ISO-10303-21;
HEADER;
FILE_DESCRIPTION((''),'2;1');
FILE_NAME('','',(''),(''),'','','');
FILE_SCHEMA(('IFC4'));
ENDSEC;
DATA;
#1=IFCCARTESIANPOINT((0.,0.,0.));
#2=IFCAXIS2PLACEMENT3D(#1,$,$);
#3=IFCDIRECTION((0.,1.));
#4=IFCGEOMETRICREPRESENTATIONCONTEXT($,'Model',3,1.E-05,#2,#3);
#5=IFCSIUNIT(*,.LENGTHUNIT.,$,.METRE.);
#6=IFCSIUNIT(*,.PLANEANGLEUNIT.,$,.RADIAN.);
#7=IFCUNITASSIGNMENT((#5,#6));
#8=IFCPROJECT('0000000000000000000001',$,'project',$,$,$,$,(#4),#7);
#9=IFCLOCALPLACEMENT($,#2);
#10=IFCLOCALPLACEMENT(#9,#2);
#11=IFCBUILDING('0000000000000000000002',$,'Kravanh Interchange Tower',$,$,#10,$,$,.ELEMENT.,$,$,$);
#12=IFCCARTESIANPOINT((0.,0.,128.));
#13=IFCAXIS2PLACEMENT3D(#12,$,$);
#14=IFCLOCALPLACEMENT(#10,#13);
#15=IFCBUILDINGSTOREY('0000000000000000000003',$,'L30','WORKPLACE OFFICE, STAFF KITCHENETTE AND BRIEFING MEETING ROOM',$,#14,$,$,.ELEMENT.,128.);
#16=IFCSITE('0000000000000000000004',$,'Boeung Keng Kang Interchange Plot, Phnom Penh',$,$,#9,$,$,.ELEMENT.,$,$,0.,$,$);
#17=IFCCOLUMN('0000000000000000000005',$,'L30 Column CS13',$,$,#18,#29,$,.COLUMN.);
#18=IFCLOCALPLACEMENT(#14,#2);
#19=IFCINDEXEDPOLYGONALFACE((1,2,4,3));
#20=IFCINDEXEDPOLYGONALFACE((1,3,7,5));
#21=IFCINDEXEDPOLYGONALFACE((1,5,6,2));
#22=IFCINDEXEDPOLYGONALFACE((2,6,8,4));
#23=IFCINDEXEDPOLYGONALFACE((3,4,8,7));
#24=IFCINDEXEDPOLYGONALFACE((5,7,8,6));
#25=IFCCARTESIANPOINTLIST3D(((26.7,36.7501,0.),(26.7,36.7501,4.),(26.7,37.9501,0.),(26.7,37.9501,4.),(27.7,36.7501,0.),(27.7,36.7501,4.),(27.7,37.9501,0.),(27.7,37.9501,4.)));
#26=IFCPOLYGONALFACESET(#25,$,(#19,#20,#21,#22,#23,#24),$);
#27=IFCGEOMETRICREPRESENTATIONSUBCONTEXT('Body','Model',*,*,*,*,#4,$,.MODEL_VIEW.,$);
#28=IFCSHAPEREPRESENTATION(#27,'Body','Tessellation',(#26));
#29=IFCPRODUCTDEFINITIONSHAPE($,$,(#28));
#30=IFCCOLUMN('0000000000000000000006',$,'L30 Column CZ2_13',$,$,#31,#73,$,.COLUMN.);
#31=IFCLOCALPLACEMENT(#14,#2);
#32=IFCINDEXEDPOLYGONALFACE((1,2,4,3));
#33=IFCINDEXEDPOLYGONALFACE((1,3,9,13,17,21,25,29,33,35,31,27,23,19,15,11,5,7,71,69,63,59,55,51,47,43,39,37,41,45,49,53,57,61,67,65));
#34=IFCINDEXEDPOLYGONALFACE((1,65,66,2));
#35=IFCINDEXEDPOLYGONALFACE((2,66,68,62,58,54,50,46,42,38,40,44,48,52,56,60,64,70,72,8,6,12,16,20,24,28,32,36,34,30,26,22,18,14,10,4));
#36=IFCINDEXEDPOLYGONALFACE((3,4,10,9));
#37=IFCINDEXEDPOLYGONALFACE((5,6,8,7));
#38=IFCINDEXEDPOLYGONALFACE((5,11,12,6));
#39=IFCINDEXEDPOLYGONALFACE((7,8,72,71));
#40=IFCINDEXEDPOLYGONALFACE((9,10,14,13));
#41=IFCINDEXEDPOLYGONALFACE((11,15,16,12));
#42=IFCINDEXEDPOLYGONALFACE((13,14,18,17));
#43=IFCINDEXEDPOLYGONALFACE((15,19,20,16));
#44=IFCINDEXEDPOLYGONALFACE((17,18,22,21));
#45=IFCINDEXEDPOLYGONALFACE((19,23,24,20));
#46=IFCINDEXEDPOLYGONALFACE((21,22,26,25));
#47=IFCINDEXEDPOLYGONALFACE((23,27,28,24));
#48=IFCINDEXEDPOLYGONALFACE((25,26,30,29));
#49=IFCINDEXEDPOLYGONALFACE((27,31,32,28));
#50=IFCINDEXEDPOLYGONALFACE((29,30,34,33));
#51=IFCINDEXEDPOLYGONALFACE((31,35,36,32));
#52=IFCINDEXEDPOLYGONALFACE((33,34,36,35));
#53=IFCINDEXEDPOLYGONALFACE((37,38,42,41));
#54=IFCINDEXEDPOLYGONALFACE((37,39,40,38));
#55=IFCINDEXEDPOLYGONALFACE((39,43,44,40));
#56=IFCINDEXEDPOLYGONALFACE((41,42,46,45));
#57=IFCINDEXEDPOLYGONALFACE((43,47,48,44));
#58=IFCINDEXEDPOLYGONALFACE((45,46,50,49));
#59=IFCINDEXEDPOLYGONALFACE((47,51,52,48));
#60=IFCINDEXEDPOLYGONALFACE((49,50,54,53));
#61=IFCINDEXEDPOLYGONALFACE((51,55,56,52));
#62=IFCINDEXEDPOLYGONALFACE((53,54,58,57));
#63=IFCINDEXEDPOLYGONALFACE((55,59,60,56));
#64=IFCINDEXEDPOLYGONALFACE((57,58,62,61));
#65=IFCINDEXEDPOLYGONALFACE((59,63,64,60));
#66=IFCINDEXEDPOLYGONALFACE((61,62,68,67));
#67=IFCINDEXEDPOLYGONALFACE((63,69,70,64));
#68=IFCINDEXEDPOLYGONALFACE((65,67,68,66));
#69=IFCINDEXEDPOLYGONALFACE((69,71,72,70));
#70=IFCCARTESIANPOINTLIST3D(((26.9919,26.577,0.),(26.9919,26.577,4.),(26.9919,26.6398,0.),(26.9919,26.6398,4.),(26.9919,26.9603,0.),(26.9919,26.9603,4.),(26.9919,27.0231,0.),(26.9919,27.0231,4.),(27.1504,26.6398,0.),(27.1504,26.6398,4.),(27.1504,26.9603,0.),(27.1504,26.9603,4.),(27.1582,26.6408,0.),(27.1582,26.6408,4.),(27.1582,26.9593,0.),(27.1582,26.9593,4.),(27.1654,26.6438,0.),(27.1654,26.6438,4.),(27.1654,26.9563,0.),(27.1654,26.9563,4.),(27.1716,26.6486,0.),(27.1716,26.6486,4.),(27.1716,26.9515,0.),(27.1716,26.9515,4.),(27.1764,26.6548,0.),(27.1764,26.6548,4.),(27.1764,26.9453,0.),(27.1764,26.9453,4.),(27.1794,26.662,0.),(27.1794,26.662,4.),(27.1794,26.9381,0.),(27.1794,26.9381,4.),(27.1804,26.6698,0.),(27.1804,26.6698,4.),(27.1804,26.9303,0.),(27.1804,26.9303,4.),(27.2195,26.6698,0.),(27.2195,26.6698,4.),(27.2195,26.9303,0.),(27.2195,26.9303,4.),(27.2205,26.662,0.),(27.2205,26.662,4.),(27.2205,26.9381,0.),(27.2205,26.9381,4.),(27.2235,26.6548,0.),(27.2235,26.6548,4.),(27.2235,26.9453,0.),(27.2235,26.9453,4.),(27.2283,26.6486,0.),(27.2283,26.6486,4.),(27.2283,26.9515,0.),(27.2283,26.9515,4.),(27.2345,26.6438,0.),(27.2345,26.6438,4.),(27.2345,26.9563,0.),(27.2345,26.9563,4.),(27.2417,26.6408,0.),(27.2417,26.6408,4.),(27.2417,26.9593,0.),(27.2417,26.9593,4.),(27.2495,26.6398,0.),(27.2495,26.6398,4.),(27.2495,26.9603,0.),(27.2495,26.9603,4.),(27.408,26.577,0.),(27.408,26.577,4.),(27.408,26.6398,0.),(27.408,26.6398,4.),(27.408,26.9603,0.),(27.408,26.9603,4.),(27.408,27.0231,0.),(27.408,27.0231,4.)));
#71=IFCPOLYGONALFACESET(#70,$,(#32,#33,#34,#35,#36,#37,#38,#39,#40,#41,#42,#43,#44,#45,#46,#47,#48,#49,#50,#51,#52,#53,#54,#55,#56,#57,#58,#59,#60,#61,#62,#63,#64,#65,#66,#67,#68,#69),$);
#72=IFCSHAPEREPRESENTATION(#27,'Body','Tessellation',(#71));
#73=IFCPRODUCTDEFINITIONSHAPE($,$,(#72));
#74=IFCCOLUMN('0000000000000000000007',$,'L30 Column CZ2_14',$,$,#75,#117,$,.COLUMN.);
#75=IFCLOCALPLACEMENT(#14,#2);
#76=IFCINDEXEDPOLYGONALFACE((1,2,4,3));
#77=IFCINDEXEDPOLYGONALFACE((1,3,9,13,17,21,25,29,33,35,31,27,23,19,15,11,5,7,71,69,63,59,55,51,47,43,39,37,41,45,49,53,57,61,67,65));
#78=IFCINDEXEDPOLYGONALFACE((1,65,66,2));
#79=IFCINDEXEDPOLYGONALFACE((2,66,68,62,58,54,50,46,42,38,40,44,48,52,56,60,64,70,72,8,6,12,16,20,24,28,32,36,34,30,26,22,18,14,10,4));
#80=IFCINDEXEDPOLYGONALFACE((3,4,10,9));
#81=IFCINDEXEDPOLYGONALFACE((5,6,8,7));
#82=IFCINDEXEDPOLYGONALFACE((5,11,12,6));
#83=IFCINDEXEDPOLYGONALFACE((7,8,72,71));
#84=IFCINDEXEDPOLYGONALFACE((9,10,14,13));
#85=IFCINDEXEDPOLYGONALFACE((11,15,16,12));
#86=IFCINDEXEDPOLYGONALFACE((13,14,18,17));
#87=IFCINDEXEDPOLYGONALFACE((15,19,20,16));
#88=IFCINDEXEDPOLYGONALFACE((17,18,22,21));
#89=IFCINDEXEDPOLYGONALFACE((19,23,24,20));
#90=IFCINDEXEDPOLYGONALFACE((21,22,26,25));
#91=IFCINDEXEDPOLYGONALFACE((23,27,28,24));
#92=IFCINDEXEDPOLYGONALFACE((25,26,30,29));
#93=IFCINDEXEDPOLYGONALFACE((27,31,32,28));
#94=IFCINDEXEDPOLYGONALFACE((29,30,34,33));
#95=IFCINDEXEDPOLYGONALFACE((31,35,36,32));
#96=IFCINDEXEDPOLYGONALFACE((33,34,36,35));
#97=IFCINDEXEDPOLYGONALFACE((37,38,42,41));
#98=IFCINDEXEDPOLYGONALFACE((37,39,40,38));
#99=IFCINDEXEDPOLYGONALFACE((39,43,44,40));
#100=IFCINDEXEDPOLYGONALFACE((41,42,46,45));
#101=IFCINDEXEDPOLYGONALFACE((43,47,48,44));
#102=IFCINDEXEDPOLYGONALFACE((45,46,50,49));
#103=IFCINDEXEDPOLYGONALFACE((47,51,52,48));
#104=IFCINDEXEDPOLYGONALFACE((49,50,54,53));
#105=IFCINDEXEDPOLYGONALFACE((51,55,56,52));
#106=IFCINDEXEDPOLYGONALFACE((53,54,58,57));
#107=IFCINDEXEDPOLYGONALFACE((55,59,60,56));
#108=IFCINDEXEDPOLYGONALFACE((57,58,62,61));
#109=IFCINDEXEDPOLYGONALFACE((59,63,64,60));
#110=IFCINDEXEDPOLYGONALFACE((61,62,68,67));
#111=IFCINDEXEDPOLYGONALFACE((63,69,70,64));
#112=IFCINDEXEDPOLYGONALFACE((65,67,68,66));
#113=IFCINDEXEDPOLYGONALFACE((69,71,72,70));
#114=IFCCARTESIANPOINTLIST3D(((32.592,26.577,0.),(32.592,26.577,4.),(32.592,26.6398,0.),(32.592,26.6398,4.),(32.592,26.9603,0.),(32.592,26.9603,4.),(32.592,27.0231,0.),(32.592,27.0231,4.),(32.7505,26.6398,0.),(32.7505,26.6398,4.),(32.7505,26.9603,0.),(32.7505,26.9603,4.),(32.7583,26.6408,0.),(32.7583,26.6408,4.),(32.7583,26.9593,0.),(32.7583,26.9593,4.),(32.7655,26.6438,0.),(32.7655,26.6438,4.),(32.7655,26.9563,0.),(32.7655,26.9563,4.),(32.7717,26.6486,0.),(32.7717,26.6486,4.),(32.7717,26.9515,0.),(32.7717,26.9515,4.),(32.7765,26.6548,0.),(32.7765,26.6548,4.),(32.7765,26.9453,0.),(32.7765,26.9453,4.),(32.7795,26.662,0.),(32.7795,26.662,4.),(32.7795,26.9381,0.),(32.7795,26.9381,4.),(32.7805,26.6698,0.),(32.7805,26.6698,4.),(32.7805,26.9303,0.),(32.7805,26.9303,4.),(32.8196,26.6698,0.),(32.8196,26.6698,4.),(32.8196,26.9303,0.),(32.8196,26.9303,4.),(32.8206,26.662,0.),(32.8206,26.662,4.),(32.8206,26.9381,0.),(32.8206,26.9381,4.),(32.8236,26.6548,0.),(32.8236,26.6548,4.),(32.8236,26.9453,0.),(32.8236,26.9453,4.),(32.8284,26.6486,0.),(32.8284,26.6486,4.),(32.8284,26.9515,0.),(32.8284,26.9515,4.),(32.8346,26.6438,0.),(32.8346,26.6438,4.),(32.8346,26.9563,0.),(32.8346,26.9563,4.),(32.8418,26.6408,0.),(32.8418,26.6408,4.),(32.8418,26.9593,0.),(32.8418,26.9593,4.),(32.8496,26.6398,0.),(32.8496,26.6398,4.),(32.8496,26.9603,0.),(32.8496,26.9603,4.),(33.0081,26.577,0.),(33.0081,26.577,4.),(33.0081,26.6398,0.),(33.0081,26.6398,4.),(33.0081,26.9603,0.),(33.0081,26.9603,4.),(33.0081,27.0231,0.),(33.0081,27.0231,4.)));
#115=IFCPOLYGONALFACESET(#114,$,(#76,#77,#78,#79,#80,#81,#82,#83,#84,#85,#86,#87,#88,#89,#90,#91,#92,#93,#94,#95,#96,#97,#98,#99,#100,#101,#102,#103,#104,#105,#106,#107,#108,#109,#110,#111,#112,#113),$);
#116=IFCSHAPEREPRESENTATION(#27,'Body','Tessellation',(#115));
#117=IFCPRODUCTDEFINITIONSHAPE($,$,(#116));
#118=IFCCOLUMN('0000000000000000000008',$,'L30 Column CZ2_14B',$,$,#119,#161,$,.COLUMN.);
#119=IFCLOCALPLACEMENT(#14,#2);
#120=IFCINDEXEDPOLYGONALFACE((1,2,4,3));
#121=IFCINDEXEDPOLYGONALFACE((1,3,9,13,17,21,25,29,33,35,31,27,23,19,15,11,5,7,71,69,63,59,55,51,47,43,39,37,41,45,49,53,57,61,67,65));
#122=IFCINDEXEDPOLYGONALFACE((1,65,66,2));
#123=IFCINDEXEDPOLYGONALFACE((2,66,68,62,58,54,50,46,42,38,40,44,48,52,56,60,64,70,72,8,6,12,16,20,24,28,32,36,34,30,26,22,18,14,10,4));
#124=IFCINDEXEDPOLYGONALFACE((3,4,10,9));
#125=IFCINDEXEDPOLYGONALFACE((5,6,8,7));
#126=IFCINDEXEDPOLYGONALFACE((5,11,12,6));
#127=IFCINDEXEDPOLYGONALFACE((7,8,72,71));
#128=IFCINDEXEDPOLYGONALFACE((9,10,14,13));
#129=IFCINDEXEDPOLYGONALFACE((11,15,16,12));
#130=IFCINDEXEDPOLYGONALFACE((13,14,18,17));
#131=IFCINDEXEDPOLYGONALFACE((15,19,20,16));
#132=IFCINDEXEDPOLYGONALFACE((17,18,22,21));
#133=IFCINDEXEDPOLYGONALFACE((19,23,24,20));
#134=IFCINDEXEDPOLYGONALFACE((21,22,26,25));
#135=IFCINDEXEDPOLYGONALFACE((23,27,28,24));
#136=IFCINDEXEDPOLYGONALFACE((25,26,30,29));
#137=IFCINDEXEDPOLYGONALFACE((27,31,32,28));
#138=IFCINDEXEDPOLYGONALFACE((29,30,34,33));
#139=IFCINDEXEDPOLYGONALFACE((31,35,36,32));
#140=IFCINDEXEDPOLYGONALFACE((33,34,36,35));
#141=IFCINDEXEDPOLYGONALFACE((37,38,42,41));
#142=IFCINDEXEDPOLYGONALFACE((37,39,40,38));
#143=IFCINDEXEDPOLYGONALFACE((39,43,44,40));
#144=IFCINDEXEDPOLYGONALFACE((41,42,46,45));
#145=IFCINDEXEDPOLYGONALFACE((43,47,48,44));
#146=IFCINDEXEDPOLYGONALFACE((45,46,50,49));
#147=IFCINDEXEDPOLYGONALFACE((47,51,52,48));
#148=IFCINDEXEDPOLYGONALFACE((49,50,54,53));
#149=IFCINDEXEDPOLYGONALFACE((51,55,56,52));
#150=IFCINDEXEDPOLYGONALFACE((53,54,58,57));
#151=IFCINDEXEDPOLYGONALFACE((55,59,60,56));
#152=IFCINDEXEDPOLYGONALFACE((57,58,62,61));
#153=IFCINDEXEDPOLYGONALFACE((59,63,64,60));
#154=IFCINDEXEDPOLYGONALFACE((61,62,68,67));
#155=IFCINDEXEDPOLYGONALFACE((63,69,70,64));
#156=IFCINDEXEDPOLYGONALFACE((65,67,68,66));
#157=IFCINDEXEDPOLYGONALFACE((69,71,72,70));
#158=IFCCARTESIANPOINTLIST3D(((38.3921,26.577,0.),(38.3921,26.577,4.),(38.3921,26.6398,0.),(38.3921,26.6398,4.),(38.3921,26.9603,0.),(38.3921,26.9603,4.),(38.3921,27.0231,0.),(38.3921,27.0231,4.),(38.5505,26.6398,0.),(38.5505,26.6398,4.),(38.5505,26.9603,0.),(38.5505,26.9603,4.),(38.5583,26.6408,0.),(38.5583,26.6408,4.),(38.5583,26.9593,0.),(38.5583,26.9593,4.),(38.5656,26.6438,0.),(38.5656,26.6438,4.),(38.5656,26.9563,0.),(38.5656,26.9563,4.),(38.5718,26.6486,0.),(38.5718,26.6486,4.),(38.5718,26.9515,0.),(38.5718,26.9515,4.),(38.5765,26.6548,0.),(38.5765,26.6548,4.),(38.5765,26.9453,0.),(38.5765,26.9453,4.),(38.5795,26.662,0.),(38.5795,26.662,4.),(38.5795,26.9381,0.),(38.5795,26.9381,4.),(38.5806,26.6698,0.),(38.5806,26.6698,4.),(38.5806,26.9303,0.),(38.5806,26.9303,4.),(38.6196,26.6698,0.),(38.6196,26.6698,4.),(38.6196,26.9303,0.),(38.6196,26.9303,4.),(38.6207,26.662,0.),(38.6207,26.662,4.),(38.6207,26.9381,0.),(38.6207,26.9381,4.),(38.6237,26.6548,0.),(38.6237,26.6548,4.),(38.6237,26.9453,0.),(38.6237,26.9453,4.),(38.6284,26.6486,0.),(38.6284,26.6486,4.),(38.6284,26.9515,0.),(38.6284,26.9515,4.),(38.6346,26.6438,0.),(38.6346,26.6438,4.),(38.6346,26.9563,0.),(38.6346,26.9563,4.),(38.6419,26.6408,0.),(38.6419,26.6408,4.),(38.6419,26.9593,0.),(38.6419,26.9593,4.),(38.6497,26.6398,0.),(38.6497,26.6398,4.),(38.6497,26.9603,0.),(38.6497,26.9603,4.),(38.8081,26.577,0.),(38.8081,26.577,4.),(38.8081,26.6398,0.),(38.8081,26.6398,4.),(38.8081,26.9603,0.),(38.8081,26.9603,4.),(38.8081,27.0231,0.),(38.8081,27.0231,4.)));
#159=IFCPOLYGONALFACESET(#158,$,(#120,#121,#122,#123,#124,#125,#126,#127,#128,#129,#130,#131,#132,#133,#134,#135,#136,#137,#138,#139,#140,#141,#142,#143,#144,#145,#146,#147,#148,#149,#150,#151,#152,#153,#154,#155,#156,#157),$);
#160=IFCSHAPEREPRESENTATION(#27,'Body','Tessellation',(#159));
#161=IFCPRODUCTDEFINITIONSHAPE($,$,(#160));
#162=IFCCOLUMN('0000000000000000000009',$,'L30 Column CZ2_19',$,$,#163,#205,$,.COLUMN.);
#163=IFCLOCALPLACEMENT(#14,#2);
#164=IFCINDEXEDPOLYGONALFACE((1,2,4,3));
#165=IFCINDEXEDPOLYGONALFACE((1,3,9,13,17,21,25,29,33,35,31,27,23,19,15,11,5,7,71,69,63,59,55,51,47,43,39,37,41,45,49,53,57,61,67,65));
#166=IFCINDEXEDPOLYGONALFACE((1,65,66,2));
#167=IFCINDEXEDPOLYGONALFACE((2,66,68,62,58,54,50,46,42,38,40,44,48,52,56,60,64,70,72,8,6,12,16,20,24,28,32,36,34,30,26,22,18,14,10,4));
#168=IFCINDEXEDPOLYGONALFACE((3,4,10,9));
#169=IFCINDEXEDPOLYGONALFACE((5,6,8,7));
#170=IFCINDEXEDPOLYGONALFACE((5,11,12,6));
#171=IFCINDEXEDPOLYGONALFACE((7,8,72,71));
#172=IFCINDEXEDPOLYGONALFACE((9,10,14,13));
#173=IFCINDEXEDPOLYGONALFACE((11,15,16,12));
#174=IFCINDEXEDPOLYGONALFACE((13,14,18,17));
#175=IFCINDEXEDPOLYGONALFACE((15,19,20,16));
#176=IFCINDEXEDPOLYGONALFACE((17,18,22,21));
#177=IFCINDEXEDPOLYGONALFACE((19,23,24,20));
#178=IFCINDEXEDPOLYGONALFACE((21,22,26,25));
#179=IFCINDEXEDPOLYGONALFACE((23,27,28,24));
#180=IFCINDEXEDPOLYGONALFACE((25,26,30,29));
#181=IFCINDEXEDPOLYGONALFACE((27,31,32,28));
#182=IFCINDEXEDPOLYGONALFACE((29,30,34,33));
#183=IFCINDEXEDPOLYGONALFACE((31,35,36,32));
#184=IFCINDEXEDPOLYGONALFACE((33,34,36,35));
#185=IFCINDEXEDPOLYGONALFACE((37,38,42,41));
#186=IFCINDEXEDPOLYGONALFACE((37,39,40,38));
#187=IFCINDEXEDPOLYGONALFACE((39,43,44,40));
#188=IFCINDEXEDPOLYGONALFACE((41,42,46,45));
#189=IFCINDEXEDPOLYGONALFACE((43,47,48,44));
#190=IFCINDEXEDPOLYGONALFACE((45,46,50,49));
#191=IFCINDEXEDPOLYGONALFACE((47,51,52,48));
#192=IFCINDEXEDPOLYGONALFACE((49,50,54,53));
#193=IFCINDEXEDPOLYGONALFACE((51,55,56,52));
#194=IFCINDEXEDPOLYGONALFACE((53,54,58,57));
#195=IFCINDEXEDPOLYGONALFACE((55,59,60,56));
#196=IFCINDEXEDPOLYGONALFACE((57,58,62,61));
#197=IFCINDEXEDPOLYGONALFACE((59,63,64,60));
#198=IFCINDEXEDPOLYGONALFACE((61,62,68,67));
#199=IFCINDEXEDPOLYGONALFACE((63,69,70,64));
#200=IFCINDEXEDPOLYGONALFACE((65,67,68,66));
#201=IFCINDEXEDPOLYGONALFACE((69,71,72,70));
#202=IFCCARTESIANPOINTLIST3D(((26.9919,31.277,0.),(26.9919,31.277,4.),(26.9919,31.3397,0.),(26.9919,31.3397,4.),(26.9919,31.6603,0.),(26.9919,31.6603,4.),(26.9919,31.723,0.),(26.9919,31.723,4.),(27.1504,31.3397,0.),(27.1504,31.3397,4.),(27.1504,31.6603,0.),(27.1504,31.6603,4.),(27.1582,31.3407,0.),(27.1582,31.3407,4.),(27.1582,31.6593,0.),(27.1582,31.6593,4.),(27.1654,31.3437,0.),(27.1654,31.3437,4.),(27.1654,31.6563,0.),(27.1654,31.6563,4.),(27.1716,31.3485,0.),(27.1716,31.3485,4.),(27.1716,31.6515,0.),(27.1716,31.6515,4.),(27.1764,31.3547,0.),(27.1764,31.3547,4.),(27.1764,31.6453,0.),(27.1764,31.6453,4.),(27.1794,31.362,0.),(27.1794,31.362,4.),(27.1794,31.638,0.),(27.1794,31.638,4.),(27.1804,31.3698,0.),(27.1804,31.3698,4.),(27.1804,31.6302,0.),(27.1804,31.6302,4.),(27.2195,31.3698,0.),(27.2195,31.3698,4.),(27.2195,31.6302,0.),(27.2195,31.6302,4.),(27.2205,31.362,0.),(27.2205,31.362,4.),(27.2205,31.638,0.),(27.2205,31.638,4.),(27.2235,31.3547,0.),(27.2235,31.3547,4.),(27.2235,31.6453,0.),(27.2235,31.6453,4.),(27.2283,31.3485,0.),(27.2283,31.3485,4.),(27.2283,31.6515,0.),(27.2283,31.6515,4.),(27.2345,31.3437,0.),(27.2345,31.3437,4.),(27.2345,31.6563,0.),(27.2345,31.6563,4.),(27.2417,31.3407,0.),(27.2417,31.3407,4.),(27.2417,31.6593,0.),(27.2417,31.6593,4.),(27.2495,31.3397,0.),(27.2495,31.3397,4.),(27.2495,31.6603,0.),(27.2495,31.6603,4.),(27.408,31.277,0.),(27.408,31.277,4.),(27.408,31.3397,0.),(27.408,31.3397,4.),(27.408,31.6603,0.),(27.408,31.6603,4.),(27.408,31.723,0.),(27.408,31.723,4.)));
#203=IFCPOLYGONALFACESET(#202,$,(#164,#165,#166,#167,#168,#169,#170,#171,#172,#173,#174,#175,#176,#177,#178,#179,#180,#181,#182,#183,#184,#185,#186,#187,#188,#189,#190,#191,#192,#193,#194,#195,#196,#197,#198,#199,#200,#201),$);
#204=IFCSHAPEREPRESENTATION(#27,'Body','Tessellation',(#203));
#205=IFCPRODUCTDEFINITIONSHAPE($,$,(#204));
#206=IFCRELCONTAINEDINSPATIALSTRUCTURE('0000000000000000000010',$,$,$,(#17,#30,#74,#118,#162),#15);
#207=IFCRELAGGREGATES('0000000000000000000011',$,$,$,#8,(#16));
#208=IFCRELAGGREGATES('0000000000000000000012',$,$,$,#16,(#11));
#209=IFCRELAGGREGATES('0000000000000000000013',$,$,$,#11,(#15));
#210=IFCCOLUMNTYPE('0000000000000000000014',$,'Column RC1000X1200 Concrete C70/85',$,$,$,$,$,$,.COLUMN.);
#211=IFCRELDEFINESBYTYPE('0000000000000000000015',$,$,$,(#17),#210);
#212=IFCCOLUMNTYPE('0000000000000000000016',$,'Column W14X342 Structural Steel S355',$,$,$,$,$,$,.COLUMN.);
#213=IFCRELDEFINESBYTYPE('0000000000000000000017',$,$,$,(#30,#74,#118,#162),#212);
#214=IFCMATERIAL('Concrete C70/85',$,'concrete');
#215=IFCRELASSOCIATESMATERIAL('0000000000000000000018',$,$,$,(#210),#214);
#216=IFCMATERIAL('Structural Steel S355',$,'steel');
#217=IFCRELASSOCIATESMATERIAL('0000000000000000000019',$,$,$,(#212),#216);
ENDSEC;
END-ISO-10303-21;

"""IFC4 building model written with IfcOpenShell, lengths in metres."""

from ifc_helpers import new_model, si_unit, direction, frame, origin, origin_2d, place, context, subcontext, project, spatial, rectangle, i_section, extrude, material, material_profile, profile_set, type_object, element, save


model = new_model("IFC4")

# Units and contexts
model_context = context("Model", 3, precision=1e-05, world=origin(), true_north=direction((0.0, 1.0)))
body_context = subcontext(model_context, "Body", "Model", "MODEL_VIEW")
ifc_project = project(units=[si_unit("LENGTHUNIT", "METRE"), si_unit("PLANEANGLEUNIT", "RADIAN")], contexts=[model_context])

# Site, building, storey
site_placement = place(None, origin())
site = spatial("IfcSite", under=ifc_project, at=site_placement, Name="Boeung Keng Kang Interchange Plot, Phnom Penh", CompositionType="ELEMENT", RefElevation=0.0)
building_placement = place(site_placement, origin())
building = spatial("IfcBuilding", under=site, at=building_placement, Name="Kravanh Interchange Tower", CompositionType="ELEMENT")
storey_placement = place(building_placement, frame((0.0, 0.0, 128.0)))
storey = spatial("IfcBuildingStorey", under=building, at=storey_placement, Name="L30", Description="WORKPLACE OFFICE, STAFF KITCHENETTE AND BRIEFING MEETING ROOM", CompositionType="ELEMENT", Elevation=128.0)

# Columns
ifc_material_1 = material(Name="Concrete C70/85", Category="concrete")
ifc_material_profile_1 = material_profile(ifc_material_1, rectangle(XDim=1.0, YDim=1.2, at=origin_2d()), Name="RC1000X1200")
ifc_profile_set_1 = profile_set([ifc_material_profile_1], Name="Concrete C70/85")
column_type_1 = type_object("IfcColumnType", Name="Column RC1000X1200 Concrete C70/85", PredefinedType="COLUMN", material=ifc_profile_set_1)
column_placement = place(storey_placement, frame((27.2, 37.3501, 0.0), z_axis=(0.0, 0.0, 1.0), x_axis=(1.0, 0.0, 0.0)))
element("IfcColumn", 1, at=column_placement, inside=storey, type_object=column_type_1, Name="L30 Column CS13", PredefinedType="COLUMN", context=body_context, shape_type="SweptSolid", body=[
    extrude(rectangle(XDim=1.0, YDim=1.2, at=origin_2d()), origin(), (0.0, 0.0, 1.0), 4.0),
])
ifc_material_2 = material(Name="Structural Steel S355", Category="steel")
ifc_material_profile_2 = material_profile(ifc_material_2, i_section(OverallWidth=0.416, OverallDepth=0.446, WebThickness=0.0391, FlangeThickness=0.0627, FilletRadius=0.03, at=origin_2d()), Name="W14X342")
ifc_profile_set_2 = profile_set([ifc_material_profile_2], Name="Structural Steel S355")
column_type_2 = type_object("IfcColumnType", Name="Column W14X342 Structural Steel S355", PredefinedType="COLUMN", material=ifc_profile_set_2)
for number, where, z_axis, x_axis, name in (
    (2, (27.2, 26.8, 0.0), (0.0, 0.0, 1.0), (1.0, 0.0, 0.0), "L30 Column CZ2_13"),
    (3, (32.8, 26.8, 0.0), (0.0, 0.0, 1.0), (1.0, 0.0, 0.0), "L30 Column CZ2_14"),
    (4, (38.6001, 26.8, 0.0), (0.0, 0.0, 1.0), (1.0, 0.0, 0.0), "L30 Column CZ2_14B"),
    (5, (27.2, 31.5, 0.0), (0.0, 0.0, 1.0), (1.0, 0.0, 0.0), "L30 Column CZ2_19"),
):
    element("IfcColumn", number, at=place(storey_placement, frame(where, z_axis=z_axis, x_axis=x_axis)), inside=storey, type_object=column_type_2, Name=name, PredefinedType="COLUMN", context=body_context, shape_type="SweptSolid", body=[
        extrude(i_section(OverallWidth=0.416, OverallDepth=0.446, WebThickness=0.0391, FlangeThickness=0.0627, FilletRadius=0.03, at=origin_2d()), origin(), (0.0, 0.0, 1.0), 4.0),
    ])

save(model, "model.ifc")
